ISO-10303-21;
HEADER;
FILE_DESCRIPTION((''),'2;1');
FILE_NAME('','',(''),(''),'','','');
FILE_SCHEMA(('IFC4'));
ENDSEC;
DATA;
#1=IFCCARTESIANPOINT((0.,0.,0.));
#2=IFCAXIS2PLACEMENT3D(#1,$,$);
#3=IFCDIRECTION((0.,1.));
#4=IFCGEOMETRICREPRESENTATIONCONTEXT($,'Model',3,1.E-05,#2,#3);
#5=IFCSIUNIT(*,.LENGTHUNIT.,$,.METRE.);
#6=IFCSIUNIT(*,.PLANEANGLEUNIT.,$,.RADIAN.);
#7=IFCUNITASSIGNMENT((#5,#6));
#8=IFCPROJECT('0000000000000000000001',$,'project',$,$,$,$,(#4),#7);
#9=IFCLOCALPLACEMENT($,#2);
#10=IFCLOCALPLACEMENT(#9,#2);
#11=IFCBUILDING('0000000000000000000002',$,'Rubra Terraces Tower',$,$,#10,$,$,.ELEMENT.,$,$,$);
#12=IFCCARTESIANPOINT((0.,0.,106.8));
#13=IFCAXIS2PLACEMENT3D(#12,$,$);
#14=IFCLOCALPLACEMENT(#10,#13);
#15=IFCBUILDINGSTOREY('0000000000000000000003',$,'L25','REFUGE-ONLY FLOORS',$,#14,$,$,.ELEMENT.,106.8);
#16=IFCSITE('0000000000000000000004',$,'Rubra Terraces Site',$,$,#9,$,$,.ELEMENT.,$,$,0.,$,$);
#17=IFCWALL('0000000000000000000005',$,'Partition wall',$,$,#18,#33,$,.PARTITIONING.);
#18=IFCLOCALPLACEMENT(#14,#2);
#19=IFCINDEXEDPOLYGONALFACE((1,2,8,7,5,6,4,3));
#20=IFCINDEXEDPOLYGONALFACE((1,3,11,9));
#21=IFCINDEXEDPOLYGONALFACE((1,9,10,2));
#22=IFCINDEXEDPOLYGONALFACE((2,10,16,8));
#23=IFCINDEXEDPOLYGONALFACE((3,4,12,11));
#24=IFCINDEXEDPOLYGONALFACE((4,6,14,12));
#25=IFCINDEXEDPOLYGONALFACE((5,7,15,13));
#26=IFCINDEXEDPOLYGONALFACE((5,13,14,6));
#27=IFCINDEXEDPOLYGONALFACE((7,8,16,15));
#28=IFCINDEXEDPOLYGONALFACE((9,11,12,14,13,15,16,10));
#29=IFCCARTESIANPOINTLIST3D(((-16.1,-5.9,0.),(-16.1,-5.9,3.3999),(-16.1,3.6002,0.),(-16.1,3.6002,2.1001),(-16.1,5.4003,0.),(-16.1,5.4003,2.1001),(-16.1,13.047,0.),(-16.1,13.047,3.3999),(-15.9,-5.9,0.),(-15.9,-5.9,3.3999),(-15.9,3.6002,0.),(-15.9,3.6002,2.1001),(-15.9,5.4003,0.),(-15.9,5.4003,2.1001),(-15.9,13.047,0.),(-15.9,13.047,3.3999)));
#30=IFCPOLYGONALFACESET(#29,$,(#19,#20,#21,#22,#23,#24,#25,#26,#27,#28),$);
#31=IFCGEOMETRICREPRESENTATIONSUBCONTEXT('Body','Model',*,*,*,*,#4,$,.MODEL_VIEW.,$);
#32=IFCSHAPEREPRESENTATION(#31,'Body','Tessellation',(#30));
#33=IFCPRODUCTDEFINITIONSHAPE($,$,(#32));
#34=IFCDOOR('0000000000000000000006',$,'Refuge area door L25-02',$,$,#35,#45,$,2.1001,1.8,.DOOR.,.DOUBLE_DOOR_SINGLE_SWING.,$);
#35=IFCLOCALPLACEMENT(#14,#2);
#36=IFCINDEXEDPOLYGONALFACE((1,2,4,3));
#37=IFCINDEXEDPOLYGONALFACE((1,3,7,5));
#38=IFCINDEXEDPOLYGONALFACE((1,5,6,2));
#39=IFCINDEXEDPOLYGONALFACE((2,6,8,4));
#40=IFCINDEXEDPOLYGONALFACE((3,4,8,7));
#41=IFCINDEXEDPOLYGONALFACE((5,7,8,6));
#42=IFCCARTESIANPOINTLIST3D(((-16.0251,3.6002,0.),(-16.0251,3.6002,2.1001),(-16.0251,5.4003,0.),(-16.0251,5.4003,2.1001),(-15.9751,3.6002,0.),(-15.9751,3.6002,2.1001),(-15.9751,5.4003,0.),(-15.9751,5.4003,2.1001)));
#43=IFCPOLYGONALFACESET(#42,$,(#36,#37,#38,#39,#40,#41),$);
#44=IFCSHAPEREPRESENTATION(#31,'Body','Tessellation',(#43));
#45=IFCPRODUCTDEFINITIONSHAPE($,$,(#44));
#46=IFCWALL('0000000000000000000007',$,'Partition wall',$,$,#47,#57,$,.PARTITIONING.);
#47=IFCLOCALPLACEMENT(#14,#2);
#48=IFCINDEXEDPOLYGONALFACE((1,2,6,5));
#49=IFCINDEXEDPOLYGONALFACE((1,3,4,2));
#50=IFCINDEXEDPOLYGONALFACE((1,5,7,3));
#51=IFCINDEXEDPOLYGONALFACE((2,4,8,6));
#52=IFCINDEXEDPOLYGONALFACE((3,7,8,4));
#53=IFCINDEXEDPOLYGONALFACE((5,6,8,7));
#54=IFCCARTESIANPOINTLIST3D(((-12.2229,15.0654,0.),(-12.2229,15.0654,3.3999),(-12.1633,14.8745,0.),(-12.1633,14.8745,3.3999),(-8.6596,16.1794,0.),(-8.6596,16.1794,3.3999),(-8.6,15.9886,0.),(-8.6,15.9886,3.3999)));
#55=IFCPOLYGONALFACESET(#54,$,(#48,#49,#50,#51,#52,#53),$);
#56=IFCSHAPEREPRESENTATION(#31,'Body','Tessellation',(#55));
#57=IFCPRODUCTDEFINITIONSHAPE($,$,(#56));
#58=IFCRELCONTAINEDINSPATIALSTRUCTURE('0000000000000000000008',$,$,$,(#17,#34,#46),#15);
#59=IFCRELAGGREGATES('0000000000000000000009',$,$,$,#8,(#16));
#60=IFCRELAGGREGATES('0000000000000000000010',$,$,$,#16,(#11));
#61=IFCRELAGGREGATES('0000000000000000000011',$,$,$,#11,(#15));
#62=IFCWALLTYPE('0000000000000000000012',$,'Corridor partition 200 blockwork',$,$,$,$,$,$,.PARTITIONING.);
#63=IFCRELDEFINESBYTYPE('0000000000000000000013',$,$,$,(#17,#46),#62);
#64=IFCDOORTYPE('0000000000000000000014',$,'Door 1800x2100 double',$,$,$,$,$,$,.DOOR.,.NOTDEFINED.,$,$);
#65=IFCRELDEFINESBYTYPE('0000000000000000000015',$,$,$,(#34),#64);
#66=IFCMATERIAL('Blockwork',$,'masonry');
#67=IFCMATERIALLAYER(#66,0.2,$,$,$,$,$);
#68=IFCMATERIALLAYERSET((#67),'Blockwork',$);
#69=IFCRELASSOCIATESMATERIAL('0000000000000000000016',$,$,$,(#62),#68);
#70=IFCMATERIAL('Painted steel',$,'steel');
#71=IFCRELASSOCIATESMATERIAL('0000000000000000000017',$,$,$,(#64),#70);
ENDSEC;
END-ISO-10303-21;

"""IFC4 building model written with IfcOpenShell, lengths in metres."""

from ifc_helpers import new_model, si_unit, direction, frame, frame_2d, origin, place, context, subcontext, project, spatial, rectangle, extrude, material, layer, layer_set, type_object, element, fill, save


model = new_model("IFC4")

# Units and contexts
model_context = context("Model", 3, precision=1e-05, world=origin(), true_north=direction((0.0, 1.0)))
body_context = subcontext(model_context, "Body", "Model", "MODEL_VIEW")
ifc_project = project(units=[si_unit("LENGTHUNIT", "METRE"), si_unit("PLANEANGLEUNIT", "RADIAN")], contexts=[model_context])

# Site, building, storey
site_placement = place(None, origin())
site = spatial("IfcSite", under=ifc_project, at=site_placement, Name="Rubra Terraces Site", CompositionType="ELEMENT", RefElevation=0.0)
building_placement = place(site_placement, origin())
building = spatial("IfcBuilding", under=site, at=building_placement, Name="Rubra Terraces Tower", CompositionType="ELEMENT")
storey_placement = place(building_placement, frame((0.0, 0.0, 106.8)))
storey = spatial("IfcBuildingStorey", under=building, at=storey_placement, Name="L25", Description="REFUGE-ONLY FLOORS", CompositionType="ELEMENT", Elevation=106.8)

# Wall, opening, door
ifc_material_1 = material(Name="Blockwork", Category="masonry")
ifc_layer_1 = layer(ifc_material_1, 0.2)
ifc_layer_set_1 = layer_set([ifc_layer_1], Name="Blockwork")
wall_type_1 = type_object("IfcWallType", Name="Corridor partition 200 blockwork", PredefinedType="PARTITIONING", material=ifc_layer_set_1)
wall_1_placement = place(storey_placement, frame((-16.0, 13.0471, 0.0), z_axis=(0.0, 0.0, 1.0), x_axis=(0.0, -1.0, 0.0)))
wall_1 = element("IfcWall", 1, at=wall_1_placement, inside=storey, type_object=wall_type_1, Name="Partition wall", PredefinedType="PARTITIONING", context=body_context, shape_type="SweptSolid", body=[
    extrude(rectangle(XDim=18.947, YDim=0.2, at=frame_2d((9.4736, 0.0))), origin(), (0.0, 0.0, 1.0), 3.3999),
])
opening_1_placement = place(wall_1_placement, frame((7.647, 0.0, 0.0)))
opening_1 = element("IfcOpeningElement", 2, at=opening_1_placement, cuts=wall_1, PredefinedType="OPENING", context=body_context, shape_type="SweptSolid", body=[
    extrude(rectangle(XDim=1.8, YDim=2.1001, at=frame_2d((0.8999, 1.05))), frame((0.0, 0.1099, 0.0), z_axis=(0.0, -1.0, 0.0), x_axis=(1.0, 0.0, 0.0)), (0.0, 0.0, 1.0), 0.22),
])
ifc_material_2 = material(Name="Painted steel", Category="steel")
door_type = type_object("IfcDoorType", Name="Door 1800x2100 double", OperationType="NOTDEFINED", PredefinedType="DOOR", material=ifc_material_2)
door_placement = place(opening_1_placement, origin())
door = element("IfcDoor", 3, at=door_placement, inside=storey, type_object=door_type, Name="Refuge area door L25-02", OperationType="DOUBLE_DOOR_SINGLE_SWING", OverallHeight=2.1001, OverallWidth=1.8, PredefinedType="DOOR", context=body_context, shape_type="SweptSolid", body=[
    extrude(rectangle(XDim=1.8, YDim=2.1001, at=frame_2d((0.8999, 1.05))), frame((0.0, 0.0249, 0.0), z_axis=(0.0, -1.0, 0.0), x_axis=(1.0, 0.0, 0.0)), (0.0, 0.0, 1.0), 0.05),
])
fill(opening_1, door)

# Wall
wall_2_placement = place(storey_placement, frame((-12.1931, 14.97, 0.0), z_axis=(0.0, 0.0, 1.0), x_axis=(0.954442, 0.298398, 0.0)))
element("IfcWall", 4, at=wall_2_placement, inside=storey, type_object=wall_type_1, Name="Partition wall", PredefinedType="PARTITIONING", context=body_context, shape_type="SweptSolid", body=[
    extrude(rectangle(XDim=3.7334, YDim=0.2, at=frame_2d((1.8667, 0.0))), origin(), (0.0, 0.0, 1.0), 3.3999),
])

save(model, "model.ifc")
